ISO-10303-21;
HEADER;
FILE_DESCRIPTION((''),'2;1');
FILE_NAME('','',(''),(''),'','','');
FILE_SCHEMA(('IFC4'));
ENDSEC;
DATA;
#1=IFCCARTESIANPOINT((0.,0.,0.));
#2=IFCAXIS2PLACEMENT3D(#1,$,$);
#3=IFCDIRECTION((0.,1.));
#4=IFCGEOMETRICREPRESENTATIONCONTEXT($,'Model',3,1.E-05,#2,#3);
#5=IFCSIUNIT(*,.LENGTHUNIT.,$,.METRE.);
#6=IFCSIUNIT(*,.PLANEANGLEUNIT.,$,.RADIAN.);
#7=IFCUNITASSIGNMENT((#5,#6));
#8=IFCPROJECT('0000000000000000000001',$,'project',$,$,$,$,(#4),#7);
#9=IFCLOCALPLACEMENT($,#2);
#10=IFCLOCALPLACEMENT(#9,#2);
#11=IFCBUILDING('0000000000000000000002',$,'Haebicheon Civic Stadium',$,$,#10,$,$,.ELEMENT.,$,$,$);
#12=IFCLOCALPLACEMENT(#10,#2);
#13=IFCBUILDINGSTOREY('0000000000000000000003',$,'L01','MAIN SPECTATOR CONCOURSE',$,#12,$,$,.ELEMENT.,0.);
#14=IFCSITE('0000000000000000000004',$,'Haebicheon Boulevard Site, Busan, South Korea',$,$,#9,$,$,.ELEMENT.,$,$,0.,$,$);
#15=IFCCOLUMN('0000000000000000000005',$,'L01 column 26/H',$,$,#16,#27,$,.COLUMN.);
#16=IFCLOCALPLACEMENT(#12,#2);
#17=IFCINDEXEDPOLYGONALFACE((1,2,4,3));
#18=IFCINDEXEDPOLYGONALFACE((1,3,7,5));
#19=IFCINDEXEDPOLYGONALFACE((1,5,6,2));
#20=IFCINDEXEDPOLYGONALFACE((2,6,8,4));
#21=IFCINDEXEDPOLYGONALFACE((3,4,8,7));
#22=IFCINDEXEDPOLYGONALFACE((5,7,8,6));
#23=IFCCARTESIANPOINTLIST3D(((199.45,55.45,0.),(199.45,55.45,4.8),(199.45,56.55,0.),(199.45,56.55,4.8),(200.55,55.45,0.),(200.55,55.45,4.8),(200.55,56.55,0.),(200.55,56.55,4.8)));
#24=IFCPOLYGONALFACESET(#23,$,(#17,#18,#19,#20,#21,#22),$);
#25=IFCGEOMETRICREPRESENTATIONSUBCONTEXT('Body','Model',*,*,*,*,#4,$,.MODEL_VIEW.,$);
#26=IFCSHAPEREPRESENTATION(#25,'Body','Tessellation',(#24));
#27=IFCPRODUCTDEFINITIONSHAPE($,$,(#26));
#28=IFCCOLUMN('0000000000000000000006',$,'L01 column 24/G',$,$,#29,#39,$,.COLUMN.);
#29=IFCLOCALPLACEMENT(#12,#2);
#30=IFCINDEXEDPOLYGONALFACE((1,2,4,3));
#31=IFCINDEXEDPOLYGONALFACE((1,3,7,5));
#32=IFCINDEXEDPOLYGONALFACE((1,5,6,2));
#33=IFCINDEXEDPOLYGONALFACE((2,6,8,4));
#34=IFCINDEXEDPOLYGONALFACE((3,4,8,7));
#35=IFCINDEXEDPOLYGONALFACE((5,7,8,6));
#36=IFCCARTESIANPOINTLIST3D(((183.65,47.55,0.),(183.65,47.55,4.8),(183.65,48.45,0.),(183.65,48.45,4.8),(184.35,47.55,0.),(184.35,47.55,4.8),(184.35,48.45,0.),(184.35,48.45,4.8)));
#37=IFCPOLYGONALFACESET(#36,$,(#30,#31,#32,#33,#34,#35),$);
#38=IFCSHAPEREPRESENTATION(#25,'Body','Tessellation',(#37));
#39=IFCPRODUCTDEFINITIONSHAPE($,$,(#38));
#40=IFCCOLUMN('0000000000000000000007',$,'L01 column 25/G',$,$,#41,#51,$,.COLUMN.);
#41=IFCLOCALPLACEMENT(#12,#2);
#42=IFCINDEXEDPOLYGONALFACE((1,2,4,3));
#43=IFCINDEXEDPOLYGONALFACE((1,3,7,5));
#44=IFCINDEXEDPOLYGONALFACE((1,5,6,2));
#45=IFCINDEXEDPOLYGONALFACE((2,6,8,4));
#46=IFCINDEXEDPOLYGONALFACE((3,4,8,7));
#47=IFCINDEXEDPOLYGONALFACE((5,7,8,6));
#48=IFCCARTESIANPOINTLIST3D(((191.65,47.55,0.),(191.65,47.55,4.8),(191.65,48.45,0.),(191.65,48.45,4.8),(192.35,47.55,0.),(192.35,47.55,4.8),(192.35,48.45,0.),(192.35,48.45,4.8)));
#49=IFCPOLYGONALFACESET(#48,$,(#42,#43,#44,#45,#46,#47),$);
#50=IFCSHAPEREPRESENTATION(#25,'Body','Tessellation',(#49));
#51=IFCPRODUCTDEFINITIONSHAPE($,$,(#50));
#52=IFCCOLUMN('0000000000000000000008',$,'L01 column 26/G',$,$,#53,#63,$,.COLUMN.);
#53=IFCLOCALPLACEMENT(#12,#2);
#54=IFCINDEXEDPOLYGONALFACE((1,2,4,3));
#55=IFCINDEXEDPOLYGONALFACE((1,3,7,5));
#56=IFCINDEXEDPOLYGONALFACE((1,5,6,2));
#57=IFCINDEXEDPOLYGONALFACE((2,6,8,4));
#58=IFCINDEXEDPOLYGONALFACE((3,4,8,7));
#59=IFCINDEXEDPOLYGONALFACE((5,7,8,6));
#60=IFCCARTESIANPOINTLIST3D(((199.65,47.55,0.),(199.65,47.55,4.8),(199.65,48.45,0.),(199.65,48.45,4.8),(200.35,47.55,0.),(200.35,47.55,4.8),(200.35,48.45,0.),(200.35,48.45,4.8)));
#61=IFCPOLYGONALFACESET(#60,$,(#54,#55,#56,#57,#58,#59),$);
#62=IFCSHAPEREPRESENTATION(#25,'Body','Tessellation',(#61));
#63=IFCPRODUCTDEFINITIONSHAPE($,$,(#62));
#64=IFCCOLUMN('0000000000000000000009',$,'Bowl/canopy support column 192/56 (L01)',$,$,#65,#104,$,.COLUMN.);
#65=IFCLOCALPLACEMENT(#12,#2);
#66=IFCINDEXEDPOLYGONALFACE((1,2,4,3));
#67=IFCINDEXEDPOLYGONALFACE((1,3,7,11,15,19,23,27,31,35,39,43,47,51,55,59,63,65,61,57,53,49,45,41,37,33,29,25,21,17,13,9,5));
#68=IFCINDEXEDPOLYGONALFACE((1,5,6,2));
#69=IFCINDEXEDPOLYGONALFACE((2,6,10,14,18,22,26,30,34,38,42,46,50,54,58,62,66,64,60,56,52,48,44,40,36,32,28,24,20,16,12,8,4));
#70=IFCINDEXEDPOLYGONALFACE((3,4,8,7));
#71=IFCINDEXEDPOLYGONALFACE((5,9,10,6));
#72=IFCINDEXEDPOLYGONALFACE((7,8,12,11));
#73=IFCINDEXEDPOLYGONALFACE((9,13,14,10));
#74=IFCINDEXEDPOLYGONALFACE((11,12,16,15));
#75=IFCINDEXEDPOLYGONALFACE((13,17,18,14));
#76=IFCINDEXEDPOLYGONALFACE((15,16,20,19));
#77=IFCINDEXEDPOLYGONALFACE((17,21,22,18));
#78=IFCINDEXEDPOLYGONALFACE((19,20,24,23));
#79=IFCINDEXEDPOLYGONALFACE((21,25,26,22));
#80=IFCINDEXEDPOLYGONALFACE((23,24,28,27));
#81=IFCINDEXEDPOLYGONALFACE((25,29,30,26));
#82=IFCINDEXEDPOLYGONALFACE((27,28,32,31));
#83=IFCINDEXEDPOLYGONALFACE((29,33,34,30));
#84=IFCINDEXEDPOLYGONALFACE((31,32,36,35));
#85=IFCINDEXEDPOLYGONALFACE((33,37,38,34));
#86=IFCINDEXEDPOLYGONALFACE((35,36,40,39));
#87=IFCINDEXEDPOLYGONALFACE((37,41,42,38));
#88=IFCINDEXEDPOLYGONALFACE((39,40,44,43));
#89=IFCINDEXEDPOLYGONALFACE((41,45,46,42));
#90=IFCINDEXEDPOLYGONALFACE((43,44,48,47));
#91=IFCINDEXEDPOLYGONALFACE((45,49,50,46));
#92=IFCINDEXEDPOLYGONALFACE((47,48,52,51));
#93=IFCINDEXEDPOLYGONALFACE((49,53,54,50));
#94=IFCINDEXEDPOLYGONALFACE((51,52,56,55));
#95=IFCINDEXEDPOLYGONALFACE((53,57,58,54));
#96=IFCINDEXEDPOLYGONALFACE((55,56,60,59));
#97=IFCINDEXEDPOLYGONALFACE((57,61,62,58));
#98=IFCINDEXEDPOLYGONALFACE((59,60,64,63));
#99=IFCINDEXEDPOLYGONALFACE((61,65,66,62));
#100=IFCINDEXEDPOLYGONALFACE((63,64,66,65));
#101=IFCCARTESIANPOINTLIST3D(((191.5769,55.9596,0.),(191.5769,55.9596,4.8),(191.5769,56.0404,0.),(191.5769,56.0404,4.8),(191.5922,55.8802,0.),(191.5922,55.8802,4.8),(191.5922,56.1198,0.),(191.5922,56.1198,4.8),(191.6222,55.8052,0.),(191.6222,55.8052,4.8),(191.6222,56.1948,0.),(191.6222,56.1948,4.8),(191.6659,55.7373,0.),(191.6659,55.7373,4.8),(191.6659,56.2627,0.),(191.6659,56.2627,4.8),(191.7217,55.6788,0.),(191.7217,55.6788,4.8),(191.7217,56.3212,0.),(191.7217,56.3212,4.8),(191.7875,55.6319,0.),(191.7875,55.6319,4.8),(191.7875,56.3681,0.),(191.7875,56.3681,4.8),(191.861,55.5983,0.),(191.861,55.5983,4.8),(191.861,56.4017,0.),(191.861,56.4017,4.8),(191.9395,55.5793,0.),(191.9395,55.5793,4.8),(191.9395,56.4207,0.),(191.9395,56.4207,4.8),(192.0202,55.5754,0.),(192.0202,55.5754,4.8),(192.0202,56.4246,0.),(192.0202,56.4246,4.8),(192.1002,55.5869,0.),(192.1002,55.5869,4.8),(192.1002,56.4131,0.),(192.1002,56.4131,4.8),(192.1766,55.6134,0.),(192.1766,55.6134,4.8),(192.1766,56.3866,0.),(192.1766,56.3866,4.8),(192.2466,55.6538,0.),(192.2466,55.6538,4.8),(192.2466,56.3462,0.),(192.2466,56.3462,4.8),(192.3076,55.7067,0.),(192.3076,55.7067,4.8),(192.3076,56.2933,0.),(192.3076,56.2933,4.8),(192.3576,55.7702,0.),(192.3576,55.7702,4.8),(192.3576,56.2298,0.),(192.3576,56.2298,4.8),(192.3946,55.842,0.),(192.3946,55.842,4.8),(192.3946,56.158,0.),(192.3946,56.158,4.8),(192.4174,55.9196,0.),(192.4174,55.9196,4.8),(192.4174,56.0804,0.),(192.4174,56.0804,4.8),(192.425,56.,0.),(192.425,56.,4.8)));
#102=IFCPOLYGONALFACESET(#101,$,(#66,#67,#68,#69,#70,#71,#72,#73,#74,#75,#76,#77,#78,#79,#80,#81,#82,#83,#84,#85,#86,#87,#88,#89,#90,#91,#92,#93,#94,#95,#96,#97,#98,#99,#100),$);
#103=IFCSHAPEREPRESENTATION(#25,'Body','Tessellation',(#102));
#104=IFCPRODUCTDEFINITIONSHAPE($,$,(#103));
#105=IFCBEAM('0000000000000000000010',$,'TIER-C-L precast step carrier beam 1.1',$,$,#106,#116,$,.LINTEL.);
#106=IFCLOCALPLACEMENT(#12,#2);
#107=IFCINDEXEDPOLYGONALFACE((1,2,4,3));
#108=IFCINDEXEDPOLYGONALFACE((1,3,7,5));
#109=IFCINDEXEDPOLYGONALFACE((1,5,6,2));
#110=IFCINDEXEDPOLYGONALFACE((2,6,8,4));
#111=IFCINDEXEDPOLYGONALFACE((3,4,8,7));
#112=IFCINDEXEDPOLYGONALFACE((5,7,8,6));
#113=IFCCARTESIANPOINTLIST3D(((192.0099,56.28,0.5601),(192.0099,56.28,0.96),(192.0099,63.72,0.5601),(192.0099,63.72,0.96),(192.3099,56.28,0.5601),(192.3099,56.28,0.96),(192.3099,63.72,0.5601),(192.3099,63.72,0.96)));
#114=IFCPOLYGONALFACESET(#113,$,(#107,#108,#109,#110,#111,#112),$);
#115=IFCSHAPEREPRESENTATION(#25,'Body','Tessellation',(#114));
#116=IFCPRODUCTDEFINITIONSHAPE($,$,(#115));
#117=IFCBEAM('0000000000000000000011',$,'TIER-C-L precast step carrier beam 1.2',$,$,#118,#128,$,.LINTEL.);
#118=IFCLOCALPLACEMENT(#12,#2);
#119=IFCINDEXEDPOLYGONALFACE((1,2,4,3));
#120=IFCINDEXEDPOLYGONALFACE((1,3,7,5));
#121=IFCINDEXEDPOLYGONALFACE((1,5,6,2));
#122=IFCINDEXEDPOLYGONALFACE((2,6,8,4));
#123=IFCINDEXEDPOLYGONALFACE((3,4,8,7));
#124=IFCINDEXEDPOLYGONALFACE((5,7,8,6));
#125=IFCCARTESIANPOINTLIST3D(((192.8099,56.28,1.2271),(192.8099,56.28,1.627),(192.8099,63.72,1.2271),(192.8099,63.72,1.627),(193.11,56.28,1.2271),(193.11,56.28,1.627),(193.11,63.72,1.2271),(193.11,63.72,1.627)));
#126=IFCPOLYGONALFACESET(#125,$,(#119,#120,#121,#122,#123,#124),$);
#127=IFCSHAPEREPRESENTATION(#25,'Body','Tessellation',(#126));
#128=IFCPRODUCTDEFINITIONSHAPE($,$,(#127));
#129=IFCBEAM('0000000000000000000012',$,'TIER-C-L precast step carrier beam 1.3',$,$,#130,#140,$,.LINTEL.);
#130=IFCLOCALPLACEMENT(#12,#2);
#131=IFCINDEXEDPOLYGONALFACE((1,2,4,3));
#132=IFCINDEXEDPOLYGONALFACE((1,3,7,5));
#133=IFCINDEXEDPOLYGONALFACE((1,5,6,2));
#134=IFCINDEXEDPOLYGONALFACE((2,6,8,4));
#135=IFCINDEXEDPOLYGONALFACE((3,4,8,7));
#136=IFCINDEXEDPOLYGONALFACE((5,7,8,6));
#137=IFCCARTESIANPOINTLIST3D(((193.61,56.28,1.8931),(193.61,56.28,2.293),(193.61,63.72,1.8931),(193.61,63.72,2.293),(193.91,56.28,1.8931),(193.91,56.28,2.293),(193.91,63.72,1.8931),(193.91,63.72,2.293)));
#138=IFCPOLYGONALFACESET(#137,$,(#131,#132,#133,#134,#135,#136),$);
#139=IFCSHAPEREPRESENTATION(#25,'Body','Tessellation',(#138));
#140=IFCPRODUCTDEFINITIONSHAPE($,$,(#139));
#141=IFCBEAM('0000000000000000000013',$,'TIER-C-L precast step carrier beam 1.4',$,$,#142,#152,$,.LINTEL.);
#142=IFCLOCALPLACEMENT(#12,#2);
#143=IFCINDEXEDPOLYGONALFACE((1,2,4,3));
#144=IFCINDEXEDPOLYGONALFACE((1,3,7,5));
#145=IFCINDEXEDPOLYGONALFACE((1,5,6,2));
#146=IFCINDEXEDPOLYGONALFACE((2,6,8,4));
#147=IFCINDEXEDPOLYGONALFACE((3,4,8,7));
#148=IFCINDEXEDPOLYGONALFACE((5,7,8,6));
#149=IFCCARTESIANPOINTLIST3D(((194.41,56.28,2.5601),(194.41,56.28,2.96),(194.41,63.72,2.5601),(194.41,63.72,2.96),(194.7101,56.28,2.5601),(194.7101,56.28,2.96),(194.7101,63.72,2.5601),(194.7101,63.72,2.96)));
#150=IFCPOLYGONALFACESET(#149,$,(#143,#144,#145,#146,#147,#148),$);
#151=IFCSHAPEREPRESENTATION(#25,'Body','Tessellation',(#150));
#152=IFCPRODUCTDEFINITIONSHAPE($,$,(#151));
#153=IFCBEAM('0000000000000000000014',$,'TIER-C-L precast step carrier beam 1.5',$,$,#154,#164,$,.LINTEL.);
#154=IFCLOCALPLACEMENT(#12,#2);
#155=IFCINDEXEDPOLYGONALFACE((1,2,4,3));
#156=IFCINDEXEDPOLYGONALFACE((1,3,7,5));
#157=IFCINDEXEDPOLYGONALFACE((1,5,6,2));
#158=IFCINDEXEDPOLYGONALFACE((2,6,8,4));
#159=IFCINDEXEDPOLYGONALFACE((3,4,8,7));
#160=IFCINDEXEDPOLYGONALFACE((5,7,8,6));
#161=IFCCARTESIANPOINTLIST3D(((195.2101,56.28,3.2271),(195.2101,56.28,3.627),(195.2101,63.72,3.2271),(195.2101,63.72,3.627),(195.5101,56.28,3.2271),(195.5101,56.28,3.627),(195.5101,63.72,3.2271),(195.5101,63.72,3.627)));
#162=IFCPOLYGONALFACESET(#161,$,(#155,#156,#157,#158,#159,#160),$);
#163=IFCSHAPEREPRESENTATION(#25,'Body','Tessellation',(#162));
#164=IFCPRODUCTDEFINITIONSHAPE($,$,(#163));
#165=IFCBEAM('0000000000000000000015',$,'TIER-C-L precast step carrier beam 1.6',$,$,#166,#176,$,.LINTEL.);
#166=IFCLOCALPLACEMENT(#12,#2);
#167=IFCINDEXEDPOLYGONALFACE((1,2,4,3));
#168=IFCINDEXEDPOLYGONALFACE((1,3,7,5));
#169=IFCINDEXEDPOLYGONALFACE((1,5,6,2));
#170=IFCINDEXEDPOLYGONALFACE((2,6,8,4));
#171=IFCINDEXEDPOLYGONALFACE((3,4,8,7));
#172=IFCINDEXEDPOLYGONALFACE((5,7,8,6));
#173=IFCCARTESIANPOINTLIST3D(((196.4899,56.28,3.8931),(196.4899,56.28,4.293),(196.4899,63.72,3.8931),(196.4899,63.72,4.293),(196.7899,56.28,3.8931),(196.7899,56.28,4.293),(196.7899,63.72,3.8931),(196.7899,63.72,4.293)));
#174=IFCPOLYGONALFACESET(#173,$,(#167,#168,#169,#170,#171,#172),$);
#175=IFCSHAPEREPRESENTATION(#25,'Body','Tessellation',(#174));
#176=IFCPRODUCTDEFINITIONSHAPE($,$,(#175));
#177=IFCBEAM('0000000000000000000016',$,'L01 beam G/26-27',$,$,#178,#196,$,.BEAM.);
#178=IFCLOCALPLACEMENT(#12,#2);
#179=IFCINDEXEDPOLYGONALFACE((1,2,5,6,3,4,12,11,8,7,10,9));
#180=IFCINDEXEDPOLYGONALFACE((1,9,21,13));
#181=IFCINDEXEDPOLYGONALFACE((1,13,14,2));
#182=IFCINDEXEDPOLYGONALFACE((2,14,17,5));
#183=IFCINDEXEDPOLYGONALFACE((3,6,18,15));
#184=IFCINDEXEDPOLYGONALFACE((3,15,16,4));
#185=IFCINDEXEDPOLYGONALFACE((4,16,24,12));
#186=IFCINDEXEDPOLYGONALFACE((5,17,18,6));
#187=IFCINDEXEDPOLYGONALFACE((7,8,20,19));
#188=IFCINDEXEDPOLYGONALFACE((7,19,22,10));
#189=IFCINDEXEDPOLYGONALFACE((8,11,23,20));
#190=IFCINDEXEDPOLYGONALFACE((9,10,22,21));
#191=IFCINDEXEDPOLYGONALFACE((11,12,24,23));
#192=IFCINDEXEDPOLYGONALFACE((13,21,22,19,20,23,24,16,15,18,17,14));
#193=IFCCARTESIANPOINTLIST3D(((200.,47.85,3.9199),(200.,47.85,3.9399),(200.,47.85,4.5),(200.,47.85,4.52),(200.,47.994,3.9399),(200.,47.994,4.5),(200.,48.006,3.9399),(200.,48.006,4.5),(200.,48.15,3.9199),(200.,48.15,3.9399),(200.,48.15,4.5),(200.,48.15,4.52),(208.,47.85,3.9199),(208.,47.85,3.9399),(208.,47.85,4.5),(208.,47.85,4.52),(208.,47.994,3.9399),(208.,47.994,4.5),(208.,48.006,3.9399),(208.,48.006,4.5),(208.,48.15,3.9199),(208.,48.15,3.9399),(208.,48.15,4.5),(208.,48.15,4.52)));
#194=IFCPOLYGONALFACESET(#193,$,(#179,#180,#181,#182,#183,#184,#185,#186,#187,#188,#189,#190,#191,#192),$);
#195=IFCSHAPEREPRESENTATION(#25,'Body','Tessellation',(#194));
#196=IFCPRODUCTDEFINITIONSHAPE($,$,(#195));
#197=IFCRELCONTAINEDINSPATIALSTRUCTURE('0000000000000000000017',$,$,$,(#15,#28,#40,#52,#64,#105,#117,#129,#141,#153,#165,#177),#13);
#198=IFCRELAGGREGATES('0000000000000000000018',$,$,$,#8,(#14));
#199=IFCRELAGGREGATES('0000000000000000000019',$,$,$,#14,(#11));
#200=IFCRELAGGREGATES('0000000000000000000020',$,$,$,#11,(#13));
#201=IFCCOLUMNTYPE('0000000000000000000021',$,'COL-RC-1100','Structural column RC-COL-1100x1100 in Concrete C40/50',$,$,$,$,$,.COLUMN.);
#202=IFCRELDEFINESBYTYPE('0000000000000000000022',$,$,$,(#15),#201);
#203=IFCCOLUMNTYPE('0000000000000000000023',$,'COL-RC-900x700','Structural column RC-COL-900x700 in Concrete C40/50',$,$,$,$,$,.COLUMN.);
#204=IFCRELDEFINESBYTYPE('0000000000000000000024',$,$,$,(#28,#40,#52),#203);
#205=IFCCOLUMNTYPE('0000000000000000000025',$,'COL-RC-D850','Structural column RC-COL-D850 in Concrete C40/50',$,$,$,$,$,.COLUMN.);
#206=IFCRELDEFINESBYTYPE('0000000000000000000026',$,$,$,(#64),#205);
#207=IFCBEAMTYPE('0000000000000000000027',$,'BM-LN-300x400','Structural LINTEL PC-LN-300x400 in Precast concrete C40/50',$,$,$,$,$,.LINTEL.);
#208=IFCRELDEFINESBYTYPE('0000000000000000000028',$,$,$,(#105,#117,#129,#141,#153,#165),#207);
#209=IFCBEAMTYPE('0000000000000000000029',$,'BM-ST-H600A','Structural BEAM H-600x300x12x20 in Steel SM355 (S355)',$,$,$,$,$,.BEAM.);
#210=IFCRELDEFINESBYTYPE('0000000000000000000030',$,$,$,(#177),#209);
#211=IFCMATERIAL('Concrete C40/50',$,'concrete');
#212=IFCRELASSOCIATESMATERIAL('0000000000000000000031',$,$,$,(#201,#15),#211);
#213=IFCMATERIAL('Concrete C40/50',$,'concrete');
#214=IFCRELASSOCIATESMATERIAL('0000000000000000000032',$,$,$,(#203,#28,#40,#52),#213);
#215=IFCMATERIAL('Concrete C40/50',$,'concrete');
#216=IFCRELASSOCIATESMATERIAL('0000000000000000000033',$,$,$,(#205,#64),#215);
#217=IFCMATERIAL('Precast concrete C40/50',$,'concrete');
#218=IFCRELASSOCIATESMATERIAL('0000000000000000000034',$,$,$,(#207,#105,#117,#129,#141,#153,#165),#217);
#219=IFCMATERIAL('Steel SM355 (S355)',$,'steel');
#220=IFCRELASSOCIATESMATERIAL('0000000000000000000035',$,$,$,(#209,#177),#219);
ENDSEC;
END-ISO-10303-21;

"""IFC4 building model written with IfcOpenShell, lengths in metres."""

from ifc_helpers import new_model, si_unit, direction, frame, origin, origin_2d, place, context, subcontext, project, spatial, rectangle, circle, i_section, extrude, material, material_profile, profile_set, type_object, element, save


model = new_model("IFC4")

# Units and contexts
model_context = context("Model", 3, precision=1e-05, world=origin(), true_north=direction((0.0, 1.0)))
body_context = subcontext(model_context, "Body", "Model", "MODEL_VIEW")
ifc_project = project(units=[si_unit("LENGTHUNIT", "METRE"), si_unit("PLANEANGLEUNIT", "RADIAN")], contexts=[model_context])

# Site, building, storey
site_placement = place(None, origin())
site = spatial("IfcSite", under=ifc_project, at=site_placement, Name="Haebicheon Boulevard Site, Busan, South Korea", CompositionType="ELEMENT", RefElevation=0.0)
building_placement = place(site_placement, origin())
building = spatial("IfcBuilding", under=site, at=building_placement, Name="Haebicheon Civic Stadium", CompositionType="ELEMENT")
storey_placement = place(building_placement, origin())
storey = spatial("IfcBuildingStorey", under=building, at=storey_placement, Name="L01", Description="MAIN SPECTATOR CONCOURSE", CompositionType="ELEMENT", Elevation=0.0)

# Columns
ifc_material_1 = material(Name="Concrete C40/50", Category="concrete")
ifc_material_profile_1 = material_profile(ifc_material_1, rectangle(XDim=1.1001, YDim=1.1001, at=origin_2d()), Name="RC-COL-1100x1100")
ifc_profile_set_1 = profile_set([ifc_material_profile_1], Name="Concrete C40/50")
column_type_1 = type_object("IfcColumnType", Name="COL-RC-1100", Description="Structural column RC-COL-1100x1100 in Concrete C40/50", PredefinedType="COLUMN", material=ifc_profile_set_1)
column_1_placement = place(storey_placement, frame((200.0, 56.0, 0.0), z_axis=(0.0, 0.0, 1.0), x_axis=(1.0, 0.0, 0.0)))
element("IfcColumn", 1, at=column_1_placement, inside=storey, type_object=column_type_1, material=ifc_profile_set_1, Name="L01 column 26/H", PredefinedType="COLUMN", context=body_context, shape_type="SweptSolid", body=[
    extrude(rectangle(XDim=1.1001, YDim=1.1001, at=origin_2d()), origin(), (0.0, 0.0, 1.0), 4.8),
])
ifc_material_2 = material(Name="Concrete C40/50", Category="concrete")
ifc_material_profile_2 = material_profile(ifc_material_2, rectangle(XDim=0.7, YDim=0.8999, at=origin_2d()), Name="RC-COL-900x700")
ifc_profile_set_2 = profile_set([ifc_material_profile_2], Name="Concrete C40/50")
column_type_2 = type_object("IfcColumnType", Name="COL-RC-900x700", Description="Structural column RC-COL-900x700 in Concrete C40/50", PredefinedType="COLUMN", material=ifc_profile_set_2)
for number, where, z_axis, x_axis, name in (
    (2, (184.0, 48.0, 0.0), (0.0, 0.0, 1.0), (1.0, 0.0, 0.0), "L01 column 24/G"),
    (3, (192.0, 48.0, 0.0), (0.0, 0.0, 1.0), (1.0, 0.0, 0.0), "L01 column 25/G"),
    (4, (200.0, 48.0, 0.0), (0.0, 0.0, 1.0), (1.0, 0.0, 0.0), "L01 column 26/G"),
):
    element("IfcColumn", number, at=place(storey_placement, frame(where, z_axis=z_axis, x_axis=x_axis)), inside=storey, type_object=column_type_2, material=ifc_profile_set_2, Name=name, PredefinedType="COLUMN", context=body_context, shape_type="SweptSolid", body=[
        extrude(rectangle(XDim=0.7, YDim=0.8999, at=origin_2d()), origin(), (0.0, 0.0, 1.0), 4.8),
    ])
ifc_material_3 = material(Name="Concrete C40/50", Category="concrete")
ifc_material_profile_3 = material_profile(ifc_material_3, circle(Radius=0.425, at=origin_2d()), Name="RC-COL-D850")
ifc_profile_set_3 = profile_set([ifc_material_profile_3], Name="Concrete C40/50")
column_type_3 = type_object("IfcColumnType", Name="COL-RC-D850", Description="Structural column RC-COL-D850 in Concrete C40/50", PredefinedType="COLUMN", material=ifc_profile_set_3)
column_2_placement = place(storey_placement, frame((192.0, 56.0, 0.0), z_axis=(0.0, 0.0, 1.0), x_axis=(1.0, 0.0, 0.0)))
element("IfcColumn", 5, at=column_2_placement, inside=storey, type_object=column_type_3, material=ifc_profile_set_3, Name="Bowl/canopy support column 192/56 (L01)", PredefinedType="COLUMN", context=body_context, shape_type="SweptSolid", body=[
    extrude(circle(Radius=0.425, at=origin_2d()), origin(), (0.0, 0.0, 1.0), 4.8),
])

# Beams
ifc_material_4 = material(Name="Precast concrete C40/50", Category="concrete")
ifc_material_profile_4 = material_profile(ifc_material_4, rectangle(XDim=0.3, YDim=0.3999, at=origin_2d()), Name="PC-LN-300x400")
ifc_profile_set_4 = profile_set([ifc_material_profile_4], Name="Precast concrete C40/50")
beam_type_1 = type_object("IfcBeamType", Name="BM-LN-300x400", Description="Structural LINTEL PC-LN-300x400 in Precast concrete C40/50", PredefinedType="LINTEL", material=ifc_profile_set_4)
for number, where, z_axis, x_axis, name in (
    (6, (192.1599, 56.28, 0.76), (0.0, 1.0, 0.0), (-1.0, 0.0, 0.0), "TIER-C-L precast step carrier beam 1.1"),
    (7, (192.96, 56.28, 1.427), (0.0, 1.0, 0.0), (-1.0, 0.0, 0.0), "TIER-C-L precast step carrier beam 1.2"),
    (8, (193.76, 56.28, 2.093), (0.0, 1.0, 0.0), (-1.0, 0.0, 0.0), "TIER-C-L precast step carrier beam 1.3"),
    (9, (194.5601, 56.28, 2.76), (0.0, 1.0, 0.0), (-1.0, 0.0, 0.0), "TIER-C-L precast step carrier beam 1.4"),
    (10, (195.3601, 56.28, 3.427), (0.0, 1.0, 0.0), (-1.0, 0.0, 0.0), "TIER-C-L precast step carrier beam 1.5"),
    (11, (196.6399, 56.28, 4.093), (0.0, 1.0, 0.0), (-1.0, 0.0, 0.0), "TIER-C-L precast step carrier beam 1.6"),
):
    element("IfcBeam", number, at=place(storey_placement, frame(where, z_axis=z_axis, x_axis=x_axis)), inside=storey, type_object=beam_type_1, material=ifc_profile_set_4, Name=name, PredefinedType="LINTEL", context=body_context, shape_type="SweptSolid", body=[
        extrude(rectangle(XDim=0.3, YDim=0.3999, at=origin_2d()), origin(), (0.0, 0.0, 1.0), 7.4399),
    ])
ifc_material_5 = material(Name="Steel SM355 (S355)", Category="steel")
ifc_material_profile_5 = material_profile(ifc_material_5, i_section(OverallWidth=0.3, OverallDepth=0.6001, WebThickness=0.012, FlangeThickness=0.02, at=origin_2d()), Name="H-600x300x12x20")
ifc_profile_set_5 = profile_set([ifc_material_profile_5], Name="Steel SM355 (S355)")
beam_type_2 = type_object("IfcBeamType", Name="BM-ST-H600A", Description="Structural BEAM H-600x300x12x20 in Steel SM355 (S355)", PredefinedType="BEAM", material=ifc_profile_set_5)
for number, where, z_axis, x_axis, name in (
    (12, (200.0, 48.0, 4.22), (1.0, 0.0, 0.0), (0.0, 1.0, 0.0), "L01 beam G/26-27"),
):
    element("IfcBeam", number, at=place(storey_placement, frame(where, z_axis=z_axis, x_axis=x_axis)), inside=storey, type_object=beam_type_2, material=ifc_profile_set_5, Name=name, PredefinedType="BEAM", context=body_context, shape_type="SweptSolid", body=[
        extrude(i_section(OverallWidth=0.3, OverallDepth=0.6001, WebThickness=0.012, FlangeThickness=0.02, at=origin_2d()), origin(), (0.0, 0.0, 1.0), 8.0),
    ])

save(model, "model.ifc")
